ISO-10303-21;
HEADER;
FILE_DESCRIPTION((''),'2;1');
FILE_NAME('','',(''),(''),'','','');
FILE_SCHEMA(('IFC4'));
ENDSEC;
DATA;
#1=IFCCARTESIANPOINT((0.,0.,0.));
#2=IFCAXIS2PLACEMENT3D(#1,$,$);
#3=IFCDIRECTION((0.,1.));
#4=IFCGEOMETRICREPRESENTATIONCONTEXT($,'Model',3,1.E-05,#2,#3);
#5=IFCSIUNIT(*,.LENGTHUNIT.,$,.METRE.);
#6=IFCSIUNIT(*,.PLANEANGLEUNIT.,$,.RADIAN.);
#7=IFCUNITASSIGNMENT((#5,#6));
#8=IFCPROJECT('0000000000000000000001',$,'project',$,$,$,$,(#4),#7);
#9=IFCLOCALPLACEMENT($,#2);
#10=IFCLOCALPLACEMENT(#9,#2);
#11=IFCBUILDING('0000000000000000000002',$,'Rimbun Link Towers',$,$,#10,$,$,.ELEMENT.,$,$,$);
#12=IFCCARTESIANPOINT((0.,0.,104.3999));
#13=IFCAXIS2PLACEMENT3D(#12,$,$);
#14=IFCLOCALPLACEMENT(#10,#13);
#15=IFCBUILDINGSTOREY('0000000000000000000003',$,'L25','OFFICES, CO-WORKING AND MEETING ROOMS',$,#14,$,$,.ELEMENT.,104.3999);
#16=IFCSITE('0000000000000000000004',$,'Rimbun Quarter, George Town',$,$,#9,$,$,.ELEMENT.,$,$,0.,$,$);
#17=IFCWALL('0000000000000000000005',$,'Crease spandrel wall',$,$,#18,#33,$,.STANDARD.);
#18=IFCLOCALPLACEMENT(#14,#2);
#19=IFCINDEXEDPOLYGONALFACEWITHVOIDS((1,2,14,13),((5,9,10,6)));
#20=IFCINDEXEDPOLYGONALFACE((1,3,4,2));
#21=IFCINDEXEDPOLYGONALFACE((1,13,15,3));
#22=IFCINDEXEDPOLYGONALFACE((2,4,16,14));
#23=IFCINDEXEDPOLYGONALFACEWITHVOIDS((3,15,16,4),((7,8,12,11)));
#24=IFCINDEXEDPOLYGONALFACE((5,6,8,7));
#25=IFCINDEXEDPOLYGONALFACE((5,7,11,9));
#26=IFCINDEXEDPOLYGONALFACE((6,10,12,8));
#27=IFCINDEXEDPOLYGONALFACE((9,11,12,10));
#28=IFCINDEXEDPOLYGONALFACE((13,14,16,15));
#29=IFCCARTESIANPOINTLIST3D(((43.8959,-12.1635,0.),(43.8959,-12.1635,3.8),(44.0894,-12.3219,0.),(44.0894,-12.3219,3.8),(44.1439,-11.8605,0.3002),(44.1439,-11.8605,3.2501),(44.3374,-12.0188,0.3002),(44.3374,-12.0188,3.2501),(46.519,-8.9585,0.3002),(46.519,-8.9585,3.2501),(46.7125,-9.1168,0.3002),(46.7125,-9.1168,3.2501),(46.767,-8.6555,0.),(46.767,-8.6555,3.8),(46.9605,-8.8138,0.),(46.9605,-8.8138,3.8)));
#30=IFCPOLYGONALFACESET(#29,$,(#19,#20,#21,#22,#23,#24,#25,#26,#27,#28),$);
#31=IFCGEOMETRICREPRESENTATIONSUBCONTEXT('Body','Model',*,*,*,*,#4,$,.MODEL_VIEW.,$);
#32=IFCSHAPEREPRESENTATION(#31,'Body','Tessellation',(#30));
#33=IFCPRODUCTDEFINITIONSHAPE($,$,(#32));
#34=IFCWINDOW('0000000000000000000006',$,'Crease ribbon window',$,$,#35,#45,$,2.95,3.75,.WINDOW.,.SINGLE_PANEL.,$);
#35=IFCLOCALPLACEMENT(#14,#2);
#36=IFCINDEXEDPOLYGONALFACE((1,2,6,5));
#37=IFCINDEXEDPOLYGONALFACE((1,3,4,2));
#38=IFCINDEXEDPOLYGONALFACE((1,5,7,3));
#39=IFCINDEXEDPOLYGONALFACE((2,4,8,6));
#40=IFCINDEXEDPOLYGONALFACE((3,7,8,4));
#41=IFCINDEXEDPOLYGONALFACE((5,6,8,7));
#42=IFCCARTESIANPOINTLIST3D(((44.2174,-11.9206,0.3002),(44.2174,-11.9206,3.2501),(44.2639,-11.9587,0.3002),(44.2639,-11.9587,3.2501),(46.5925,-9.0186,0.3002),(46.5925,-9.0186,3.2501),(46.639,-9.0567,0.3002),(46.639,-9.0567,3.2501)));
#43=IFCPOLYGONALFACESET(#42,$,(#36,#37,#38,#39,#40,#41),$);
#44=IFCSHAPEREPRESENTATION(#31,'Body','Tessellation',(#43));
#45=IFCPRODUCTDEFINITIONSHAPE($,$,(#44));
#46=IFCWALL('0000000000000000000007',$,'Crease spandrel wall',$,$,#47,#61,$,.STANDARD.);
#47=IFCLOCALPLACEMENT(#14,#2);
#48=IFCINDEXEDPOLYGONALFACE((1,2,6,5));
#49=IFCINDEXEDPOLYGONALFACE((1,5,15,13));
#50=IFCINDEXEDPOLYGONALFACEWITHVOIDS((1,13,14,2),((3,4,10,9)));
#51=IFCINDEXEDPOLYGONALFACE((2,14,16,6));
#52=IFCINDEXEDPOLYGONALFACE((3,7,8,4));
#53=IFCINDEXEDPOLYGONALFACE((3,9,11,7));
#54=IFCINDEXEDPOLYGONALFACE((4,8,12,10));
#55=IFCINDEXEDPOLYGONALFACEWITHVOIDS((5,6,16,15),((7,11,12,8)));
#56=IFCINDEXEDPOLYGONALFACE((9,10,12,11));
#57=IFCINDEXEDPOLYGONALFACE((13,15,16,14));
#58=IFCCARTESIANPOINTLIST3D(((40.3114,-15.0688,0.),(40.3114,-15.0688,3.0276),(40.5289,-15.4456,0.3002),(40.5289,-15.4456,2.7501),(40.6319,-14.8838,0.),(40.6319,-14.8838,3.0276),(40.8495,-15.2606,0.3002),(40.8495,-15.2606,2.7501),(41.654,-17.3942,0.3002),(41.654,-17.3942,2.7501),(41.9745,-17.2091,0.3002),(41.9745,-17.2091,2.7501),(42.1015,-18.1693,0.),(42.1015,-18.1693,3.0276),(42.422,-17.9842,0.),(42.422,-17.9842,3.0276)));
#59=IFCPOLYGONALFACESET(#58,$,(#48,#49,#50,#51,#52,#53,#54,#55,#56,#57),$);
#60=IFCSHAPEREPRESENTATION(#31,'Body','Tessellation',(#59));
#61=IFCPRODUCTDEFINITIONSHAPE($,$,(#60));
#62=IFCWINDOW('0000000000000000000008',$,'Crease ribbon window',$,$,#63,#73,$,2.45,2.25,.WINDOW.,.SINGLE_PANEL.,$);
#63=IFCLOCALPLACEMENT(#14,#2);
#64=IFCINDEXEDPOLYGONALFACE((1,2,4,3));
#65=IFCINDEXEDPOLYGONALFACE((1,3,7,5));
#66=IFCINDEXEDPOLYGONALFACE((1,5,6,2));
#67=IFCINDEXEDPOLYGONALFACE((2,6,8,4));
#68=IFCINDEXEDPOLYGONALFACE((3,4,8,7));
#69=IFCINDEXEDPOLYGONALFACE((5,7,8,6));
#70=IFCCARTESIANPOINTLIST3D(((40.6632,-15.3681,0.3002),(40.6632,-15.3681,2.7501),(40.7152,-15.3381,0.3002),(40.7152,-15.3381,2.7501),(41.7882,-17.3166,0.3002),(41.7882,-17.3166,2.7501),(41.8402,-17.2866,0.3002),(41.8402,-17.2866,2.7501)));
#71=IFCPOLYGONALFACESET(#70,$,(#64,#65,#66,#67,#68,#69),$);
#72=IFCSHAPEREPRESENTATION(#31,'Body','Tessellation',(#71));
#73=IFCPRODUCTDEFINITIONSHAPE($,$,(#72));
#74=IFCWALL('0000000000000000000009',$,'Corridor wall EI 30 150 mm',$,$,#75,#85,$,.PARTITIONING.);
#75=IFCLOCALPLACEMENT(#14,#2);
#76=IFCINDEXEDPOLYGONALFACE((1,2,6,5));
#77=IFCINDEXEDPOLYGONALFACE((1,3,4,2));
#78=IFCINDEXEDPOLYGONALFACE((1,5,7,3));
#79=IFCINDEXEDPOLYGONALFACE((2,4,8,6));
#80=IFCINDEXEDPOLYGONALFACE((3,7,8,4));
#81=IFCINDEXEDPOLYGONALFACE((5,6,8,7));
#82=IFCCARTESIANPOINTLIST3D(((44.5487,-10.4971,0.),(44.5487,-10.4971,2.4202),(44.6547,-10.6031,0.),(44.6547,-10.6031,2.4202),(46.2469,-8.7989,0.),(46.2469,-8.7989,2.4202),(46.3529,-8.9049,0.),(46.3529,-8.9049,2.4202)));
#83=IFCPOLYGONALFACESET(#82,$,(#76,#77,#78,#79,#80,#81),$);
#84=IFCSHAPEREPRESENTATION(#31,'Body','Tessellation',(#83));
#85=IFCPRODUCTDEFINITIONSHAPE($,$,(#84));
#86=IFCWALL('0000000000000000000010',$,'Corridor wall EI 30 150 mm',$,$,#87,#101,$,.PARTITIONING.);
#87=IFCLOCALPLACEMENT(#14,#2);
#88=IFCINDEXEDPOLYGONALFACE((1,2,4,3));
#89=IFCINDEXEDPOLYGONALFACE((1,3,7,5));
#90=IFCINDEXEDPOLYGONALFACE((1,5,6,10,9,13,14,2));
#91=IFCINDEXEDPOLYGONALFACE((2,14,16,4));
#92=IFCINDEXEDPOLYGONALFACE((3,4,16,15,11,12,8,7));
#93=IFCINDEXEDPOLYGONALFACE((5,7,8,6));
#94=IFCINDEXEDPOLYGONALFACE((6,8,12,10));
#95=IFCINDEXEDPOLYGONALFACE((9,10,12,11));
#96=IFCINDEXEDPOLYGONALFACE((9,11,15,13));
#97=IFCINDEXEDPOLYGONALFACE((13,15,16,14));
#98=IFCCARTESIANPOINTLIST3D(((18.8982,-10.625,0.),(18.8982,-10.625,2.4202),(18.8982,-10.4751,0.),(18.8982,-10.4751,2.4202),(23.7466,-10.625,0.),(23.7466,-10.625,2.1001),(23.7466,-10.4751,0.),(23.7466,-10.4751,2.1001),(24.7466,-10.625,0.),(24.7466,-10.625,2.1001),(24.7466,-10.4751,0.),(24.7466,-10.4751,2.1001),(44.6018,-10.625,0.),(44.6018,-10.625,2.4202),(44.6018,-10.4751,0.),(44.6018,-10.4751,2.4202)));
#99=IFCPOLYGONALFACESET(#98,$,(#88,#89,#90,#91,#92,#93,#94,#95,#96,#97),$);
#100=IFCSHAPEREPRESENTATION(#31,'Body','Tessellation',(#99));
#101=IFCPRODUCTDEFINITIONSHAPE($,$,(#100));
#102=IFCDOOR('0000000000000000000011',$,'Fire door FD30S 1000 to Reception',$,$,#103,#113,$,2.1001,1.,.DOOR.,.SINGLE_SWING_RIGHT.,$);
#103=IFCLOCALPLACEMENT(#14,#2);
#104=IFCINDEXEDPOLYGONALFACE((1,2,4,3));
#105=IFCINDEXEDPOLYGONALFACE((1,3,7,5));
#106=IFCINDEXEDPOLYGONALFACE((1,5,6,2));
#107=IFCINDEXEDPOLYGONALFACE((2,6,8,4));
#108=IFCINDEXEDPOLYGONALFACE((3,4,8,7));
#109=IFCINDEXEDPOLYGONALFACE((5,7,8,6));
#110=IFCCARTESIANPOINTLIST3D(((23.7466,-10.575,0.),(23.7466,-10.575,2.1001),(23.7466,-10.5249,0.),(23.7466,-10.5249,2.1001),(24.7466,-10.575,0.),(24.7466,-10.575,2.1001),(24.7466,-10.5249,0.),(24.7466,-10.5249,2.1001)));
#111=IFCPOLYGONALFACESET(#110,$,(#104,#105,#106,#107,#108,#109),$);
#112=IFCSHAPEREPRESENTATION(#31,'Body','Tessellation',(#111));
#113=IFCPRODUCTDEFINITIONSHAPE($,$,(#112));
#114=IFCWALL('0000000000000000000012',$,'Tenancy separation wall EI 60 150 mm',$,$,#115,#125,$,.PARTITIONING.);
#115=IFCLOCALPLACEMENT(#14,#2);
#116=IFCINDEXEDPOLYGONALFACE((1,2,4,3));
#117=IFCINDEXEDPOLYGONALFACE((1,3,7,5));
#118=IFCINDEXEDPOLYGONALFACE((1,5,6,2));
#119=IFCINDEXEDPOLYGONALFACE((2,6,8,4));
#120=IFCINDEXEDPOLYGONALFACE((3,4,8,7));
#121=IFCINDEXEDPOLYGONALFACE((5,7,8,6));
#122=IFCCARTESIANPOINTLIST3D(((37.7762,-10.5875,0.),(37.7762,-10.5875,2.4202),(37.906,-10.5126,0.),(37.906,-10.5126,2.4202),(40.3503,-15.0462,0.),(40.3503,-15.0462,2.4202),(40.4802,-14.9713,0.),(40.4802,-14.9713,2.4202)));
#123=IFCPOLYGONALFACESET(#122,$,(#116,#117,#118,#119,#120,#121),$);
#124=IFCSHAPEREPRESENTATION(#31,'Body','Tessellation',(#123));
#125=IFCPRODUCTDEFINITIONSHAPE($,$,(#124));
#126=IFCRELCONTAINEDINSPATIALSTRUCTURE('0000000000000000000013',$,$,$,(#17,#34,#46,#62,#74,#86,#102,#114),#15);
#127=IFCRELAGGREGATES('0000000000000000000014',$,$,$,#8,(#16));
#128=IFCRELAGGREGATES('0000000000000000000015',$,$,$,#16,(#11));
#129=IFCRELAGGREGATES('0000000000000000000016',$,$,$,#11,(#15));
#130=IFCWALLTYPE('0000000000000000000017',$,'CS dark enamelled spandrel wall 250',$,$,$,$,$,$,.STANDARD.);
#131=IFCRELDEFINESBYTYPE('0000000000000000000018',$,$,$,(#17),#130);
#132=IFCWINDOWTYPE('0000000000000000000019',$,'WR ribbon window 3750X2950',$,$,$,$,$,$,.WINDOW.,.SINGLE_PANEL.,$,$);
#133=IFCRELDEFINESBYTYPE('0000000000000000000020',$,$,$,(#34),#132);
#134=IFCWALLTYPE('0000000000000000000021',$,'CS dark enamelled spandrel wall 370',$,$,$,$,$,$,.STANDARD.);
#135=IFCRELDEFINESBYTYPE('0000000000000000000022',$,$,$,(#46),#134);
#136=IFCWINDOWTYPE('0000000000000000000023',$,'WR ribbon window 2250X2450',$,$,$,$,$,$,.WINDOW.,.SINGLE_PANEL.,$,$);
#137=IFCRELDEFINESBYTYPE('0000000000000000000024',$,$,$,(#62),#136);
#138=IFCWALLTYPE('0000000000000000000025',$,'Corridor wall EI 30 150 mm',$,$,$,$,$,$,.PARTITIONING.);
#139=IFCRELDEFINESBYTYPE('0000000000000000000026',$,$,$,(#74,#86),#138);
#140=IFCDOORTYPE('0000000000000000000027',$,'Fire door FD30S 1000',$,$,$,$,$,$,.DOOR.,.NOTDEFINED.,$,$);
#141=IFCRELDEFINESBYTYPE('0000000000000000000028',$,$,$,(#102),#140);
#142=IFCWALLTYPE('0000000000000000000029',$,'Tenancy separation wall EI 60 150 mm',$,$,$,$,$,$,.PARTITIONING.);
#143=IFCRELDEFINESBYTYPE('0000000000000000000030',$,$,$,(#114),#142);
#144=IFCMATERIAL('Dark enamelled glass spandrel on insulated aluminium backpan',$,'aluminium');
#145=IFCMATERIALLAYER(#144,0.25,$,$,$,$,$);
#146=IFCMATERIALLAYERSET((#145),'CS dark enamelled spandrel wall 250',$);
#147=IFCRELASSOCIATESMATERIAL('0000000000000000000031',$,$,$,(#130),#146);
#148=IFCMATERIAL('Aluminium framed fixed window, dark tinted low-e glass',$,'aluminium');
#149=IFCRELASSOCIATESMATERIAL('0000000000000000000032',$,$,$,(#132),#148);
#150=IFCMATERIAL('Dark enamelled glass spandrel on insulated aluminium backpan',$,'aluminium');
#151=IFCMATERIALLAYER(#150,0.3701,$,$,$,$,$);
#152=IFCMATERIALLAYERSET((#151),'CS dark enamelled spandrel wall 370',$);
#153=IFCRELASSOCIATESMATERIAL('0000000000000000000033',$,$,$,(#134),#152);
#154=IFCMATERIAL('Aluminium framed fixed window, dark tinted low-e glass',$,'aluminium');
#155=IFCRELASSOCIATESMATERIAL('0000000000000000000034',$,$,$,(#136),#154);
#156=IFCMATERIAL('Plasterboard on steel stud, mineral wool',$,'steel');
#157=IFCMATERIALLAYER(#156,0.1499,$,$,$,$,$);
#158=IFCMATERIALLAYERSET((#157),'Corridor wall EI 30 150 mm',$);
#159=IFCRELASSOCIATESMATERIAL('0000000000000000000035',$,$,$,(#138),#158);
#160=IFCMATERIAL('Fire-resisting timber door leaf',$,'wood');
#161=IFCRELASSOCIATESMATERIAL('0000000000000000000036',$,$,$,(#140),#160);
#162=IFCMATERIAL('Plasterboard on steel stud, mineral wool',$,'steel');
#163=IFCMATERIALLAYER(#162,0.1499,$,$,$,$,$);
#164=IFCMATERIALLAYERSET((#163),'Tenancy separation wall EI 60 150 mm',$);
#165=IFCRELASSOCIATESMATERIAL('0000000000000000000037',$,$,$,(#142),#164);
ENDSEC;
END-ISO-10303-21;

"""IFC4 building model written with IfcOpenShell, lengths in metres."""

from ifc_helpers import new_model, si_unit, direction, frame, frame_2d, origin, place, context, subcontext, project, spatial, rectangle, extrude, material, layer, layer_set, type_object, element, fill, save


model = new_model("IFC4")

# Units and contexts
model_context = context("Model", 3, precision=1e-05, world=origin(), true_north=direction((0.0, 1.0)))
body_context = subcontext(model_context, "Body", "Model", "MODEL_VIEW")
ifc_project = project(units=[si_unit("LENGTHUNIT", "METRE"), si_unit("PLANEANGLEUNIT", "RADIAN")], contexts=[model_context])

# Site, building, storey
site_placement = place(None, origin())
site = spatial("IfcSite", under=ifc_project, at=site_placement, Name="Rimbun Quarter, George Town", CompositionType="ELEMENT", RefElevation=0.0)
building_placement = place(site_placement, origin())
building = spatial("IfcBuilding", under=site, at=building_placement, Name="Rimbun Link Towers", CompositionType="ELEMENT")
storey_placement = place(building_placement, frame((0.0, 0.0, 104.3999)))
storey = spatial("IfcBuildingStorey", under=building, at=storey_placement, Name="L25", Description="OFFICES, CO-WORKING AND MEETING ROOMS", CompositionType="ELEMENT", Elevation=104.3999)

# Walls, openings, windows
ifc_material_1 = material(Name="Dark enamelled glass spandrel on insulated aluminium backpan", Category="aluminium")
ifc_layer_1 = layer(ifc_material_1, 0.25)
ifc_layer_set_1 = layer_set([ifc_layer_1], Name="CS dark enamelled spandrel wall 250")
wall_type_1 = type_object("IfcWallType", Name="CS dark enamelled spandrel wall 250", PredefinedType="STANDARD", material=ifc_layer_set_1)
wall_1_placement = place(storey_placement, frame((46.8638, -8.7346, 0.0), z_axis=(0.0, 0.0, 1.0), x_axis=(-0.633352, -0.773864, 0.0)))
wall_1 = element("IfcWall", 1, at=wall_1_placement, inside=storey, type_object=wall_type_1, Name="Crease spandrel wall", PredefinedType="STANDARD", context=body_context, shape_type="SweptSolid", body=[
    extrude(rectangle(XDim=4.5332, YDim=0.25, at=frame_2d((2.2666, 0.0))), origin(), (0.0, 0.0, 1.0), 3.8),
])
opening_1_placement = place(wall_1_placement, frame((0.3916, 0.0, 0.3)))
opening_1 = element("IfcOpeningElement", 2, at=opening_1_placement, cuts=wall_1, PredefinedType="OPENING", context=body_context, shape_type="SweptSolid", body=[
    extrude(rectangle(XDim=3.75, YDim=2.95, at=frame_2d((1.875, 1.4751))), frame((0.0, 0.135, 0.0), z_axis=(0.0, -1.0, 0.0), x_axis=(1.0, 0.0, 0.0)), (0.0, 0.0, 1.0), 0.27),
])
ifc_material_2 = material(Name="Aluminium framed fixed window, dark tinted low-e glass", Category="aluminium")
window_type_1 = type_object("IfcWindowType", Name="WR ribbon window 3750X2950", PartitioningType="SINGLE_PANEL", PredefinedType="WINDOW", material=ifc_material_2)
window_1_placement = place(opening_1_placement, origin())
window_1 = element("IfcWindow", 3, at=window_1_placement, inside=storey, type_object=window_type_1, Name="Crease ribbon window", OverallHeight=2.95, OverallWidth=3.75, PartitioningType="SINGLE_PANEL", PredefinedType="WINDOW", context=body_context, shape_type="SweptSolid", body=[
    extrude(rectangle(XDim=3.75, YDim=2.95, at=frame_2d((1.875, 1.4751))), frame((0.0, 0.03, 0.0), z_axis=(0.0, -1.0, 0.0), x_axis=(1.0, 0.0, 0.0)), (0.0, 0.0, 1.0), 0.0601),
])
fill(opening_1, window_1)
ifc_material_3 = material(Name="Dark enamelled glass spandrel on insulated aluminium backpan", Category="aluminium")
ifc_layer_2 = layer(ifc_material_3, 0.3701)
ifc_layer_set_2 = layer_set([ifc_layer_2], Name="CS dark enamelled spandrel wall 370")
wall_type_2 = type_object("IfcWallType", Name="CS dark enamelled spandrel wall 370", PredefinedType="STANDARD", material=ifc_layer_set_2)
wall_2_placement = place(storey_placement, frame((40.4717, -14.9763, 0.0), z_axis=(0.0, 0.0, 1.0), x_axis=(0.500012, -0.866019, 0.0)))
wall_2 = element("IfcWall", 4, at=wall_2_placement, inside=storey, type_object=wall_type_2, Name="Crease spandrel wall", PredefinedType="STANDARD", context=body_context, shape_type="SweptSolid", body=[
    extrude(rectangle(XDim=3.5801, YDim=0.3701, at=frame_2d((1.79, 0.0))), origin(), (0.0, 0.0, 1.0), 3.0276),
])
opening_2_placement = place(wall_2_placement, frame((0.4351, 0.0, 0.3)))
opening_2 = element("IfcOpeningElement", 5, at=opening_2_placement, cuts=wall_2, PredefinedType="OPENING", context=body_context, shape_type="SweptSolid", body=[
    extrude(rectangle(XDim=2.25, YDim=2.45, at=frame_2d((1.125, 1.2251))), frame((0.0, 0.1951, 0.0), z_axis=(0.0, -1.0, 0.0), x_axis=(1.0, 0.0, 0.0)), (0.0, 0.0, 1.0), 0.3901),
])
ifc_material_4 = material(Name="Aluminium framed fixed window, dark tinted low-e glass", Category="aluminium")
window_type_2 = type_object("IfcWindowType", Name="WR ribbon window 2250X2450", PartitioningType="SINGLE_PANEL", PredefinedType="WINDOW", material=ifc_material_4)
window_2_placement = place(opening_2_placement, origin())
window_2 = element("IfcWindow", 6, at=window_2_placement, inside=storey, type_object=window_type_2, Name="Crease ribbon window", OverallHeight=2.45, OverallWidth=2.25, PartitioningType="SINGLE_PANEL", PredefinedType="WINDOW", context=body_context, shape_type="SweptSolid", body=[
    extrude(rectangle(XDim=2.25, YDim=2.45, at=frame_2d((1.125, 1.2251))), frame((0.0, 0.03, 0.0), z_axis=(0.0, -1.0, 0.0), x_axis=(1.0, 0.0, 0.0)), (0.0, 0.0, 1.0), 0.0601),
])
fill(opening_2, window_2)

# Wall
ifc_material_5 = material(Name="Plasterboard on steel stud, mineral wool", Category="steel")
ifc_layer_3 = layer(ifc_material_5, 0.1499)
ifc_layer_set_3 = layer_set([ifc_layer_3], Name="Corridor wall EI 30 150 mm")
wall_type_3 = type_object("IfcWallType", Name="Corridor wall EI 30 150 mm", PredefinedType="PARTITIONING", material=ifc_layer_set_3)
wall_3_placement = place(storey_placement, frame((44.6018, -10.55, 0.0), z_axis=(0.0, 0.0, 1.0), x_axis=(0.707107, 0.707107, 0.0)))
element("IfcWall", 7, at=wall_3_placement, inside=storey, type_object=wall_type_3, Name="Corridor wall EI 30 150 mm", PredefinedType="PARTITIONING", context=body_context, shape_type="SweptSolid", body=[
    extrude(rectangle(XDim=2.4016, YDim=0.1499, at=frame_2d((1.2007, 0.0))), origin(), (0.0, 0.0, 1.0), 2.4202),
])

# Wall, opening, door
wall_4_placement = place(storey_placement, frame((44.6018, -10.55, 0.0), z_axis=(0.0, 0.0, 1.0), x_axis=(-1.0, 0.0, 0.0)))
wall_4 = element("IfcWall", 8, at=wall_4_placement, inside=storey, type_object=wall_type_3, Name="Corridor wall EI 30 150 mm", PredefinedType="PARTITIONING", context=body_context, shape_type="SweptSolid", body=[
    extrude(rectangle(XDim=25.7036, YDim=0.1499, at=frame_2d((12.8518, 0.0))), origin(), (0.0, 0.0, 1.0), 2.4202),
])
opening_3_placement = place(wall_4_placement, frame((19.8552, 0.0, 0.0)))
opening_3 = element("IfcOpeningElement", 9, at=opening_3_placement, cuts=wall_4, PredefinedType="OPENING", context=body_context, shape_type="SweptSolid", body=[
    extrude(rectangle(XDim=1.0, YDim=2.1001, at=frame_2d((0.5, 1.05))), frame((0.0, 0.085, 0.0), z_axis=(0.0, -1.0, 0.0), x_axis=(1.0, 0.0, 0.0)), (0.0, 0.0, 1.0), 0.1699),
])
ifc_material_6 = material(Name="Fire-resisting timber door leaf", Category="wood")
door_type = type_object("IfcDoorType", Name="Fire door FD30S 1000", OperationType="NOTDEFINED", PredefinedType="DOOR", material=ifc_material_6)
door_placement = place(opening_3_placement, origin())
door = element("IfcDoor", 10, at=door_placement, inside=storey, type_object=door_type, Name="Fire door FD30S 1000 to Reception", OperationType="SINGLE_SWING_RIGHT", OverallHeight=2.1001, OverallWidth=1.0, PredefinedType="DOOR", context=body_context, shape_type="SweptSolid", body=[
    extrude(rectangle(XDim=1.0, YDim=2.1001, at=frame_2d((0.5, 1.05))), frame((0.0, 0.0249, 0.0), z_axis=(0.0, -1.0, 0.0), x_axis=(1.0, 0.0, 0.0)), (0.0, 0.0, 1.0), 0.05),
])
fill(opening_3, door)

# Wall
ifc_material_7 = material(Name="Plasterboard on steel stud, mineral wool", Category="steel")
ifc_layer_4 = layer(ifc_material_7, 0.1499)
ifc_layer_set_4 = layer_set([ifc_layer_4], Name="Tenancy separation wall EI 60 150 mm")
wall_type_4 = type_object("IfcWallType", Name="Tenancy separation wall EI 60 150 mm", PredefinedType="PARTITIONING", material=ifc_layer_set_4)
wall_5_placement = place(storey_placement, frame((37.8411, -10.55, 0.0), z_axis=(0.0, 0.0, 1.0), x_axis=(0.499995, -0.866028, 0.0)))
element("IfcWall", 11, at=wall_5_placement, inside=storey, type_object=wall_type_4, Name="Tenancy separation wall EI 60 150 mm", PredefinedType="PARTITIONING", context=body_context, shape_type="SweptSolid", body=[
    extrude(rectangle(XDim=5.1484, YDim=0.1499, at=frame_2d((2.5742, 0.0))), origin(), (0.0, 0.0, 1.0), 2.4202),
])

save(model, "model.ifc")
